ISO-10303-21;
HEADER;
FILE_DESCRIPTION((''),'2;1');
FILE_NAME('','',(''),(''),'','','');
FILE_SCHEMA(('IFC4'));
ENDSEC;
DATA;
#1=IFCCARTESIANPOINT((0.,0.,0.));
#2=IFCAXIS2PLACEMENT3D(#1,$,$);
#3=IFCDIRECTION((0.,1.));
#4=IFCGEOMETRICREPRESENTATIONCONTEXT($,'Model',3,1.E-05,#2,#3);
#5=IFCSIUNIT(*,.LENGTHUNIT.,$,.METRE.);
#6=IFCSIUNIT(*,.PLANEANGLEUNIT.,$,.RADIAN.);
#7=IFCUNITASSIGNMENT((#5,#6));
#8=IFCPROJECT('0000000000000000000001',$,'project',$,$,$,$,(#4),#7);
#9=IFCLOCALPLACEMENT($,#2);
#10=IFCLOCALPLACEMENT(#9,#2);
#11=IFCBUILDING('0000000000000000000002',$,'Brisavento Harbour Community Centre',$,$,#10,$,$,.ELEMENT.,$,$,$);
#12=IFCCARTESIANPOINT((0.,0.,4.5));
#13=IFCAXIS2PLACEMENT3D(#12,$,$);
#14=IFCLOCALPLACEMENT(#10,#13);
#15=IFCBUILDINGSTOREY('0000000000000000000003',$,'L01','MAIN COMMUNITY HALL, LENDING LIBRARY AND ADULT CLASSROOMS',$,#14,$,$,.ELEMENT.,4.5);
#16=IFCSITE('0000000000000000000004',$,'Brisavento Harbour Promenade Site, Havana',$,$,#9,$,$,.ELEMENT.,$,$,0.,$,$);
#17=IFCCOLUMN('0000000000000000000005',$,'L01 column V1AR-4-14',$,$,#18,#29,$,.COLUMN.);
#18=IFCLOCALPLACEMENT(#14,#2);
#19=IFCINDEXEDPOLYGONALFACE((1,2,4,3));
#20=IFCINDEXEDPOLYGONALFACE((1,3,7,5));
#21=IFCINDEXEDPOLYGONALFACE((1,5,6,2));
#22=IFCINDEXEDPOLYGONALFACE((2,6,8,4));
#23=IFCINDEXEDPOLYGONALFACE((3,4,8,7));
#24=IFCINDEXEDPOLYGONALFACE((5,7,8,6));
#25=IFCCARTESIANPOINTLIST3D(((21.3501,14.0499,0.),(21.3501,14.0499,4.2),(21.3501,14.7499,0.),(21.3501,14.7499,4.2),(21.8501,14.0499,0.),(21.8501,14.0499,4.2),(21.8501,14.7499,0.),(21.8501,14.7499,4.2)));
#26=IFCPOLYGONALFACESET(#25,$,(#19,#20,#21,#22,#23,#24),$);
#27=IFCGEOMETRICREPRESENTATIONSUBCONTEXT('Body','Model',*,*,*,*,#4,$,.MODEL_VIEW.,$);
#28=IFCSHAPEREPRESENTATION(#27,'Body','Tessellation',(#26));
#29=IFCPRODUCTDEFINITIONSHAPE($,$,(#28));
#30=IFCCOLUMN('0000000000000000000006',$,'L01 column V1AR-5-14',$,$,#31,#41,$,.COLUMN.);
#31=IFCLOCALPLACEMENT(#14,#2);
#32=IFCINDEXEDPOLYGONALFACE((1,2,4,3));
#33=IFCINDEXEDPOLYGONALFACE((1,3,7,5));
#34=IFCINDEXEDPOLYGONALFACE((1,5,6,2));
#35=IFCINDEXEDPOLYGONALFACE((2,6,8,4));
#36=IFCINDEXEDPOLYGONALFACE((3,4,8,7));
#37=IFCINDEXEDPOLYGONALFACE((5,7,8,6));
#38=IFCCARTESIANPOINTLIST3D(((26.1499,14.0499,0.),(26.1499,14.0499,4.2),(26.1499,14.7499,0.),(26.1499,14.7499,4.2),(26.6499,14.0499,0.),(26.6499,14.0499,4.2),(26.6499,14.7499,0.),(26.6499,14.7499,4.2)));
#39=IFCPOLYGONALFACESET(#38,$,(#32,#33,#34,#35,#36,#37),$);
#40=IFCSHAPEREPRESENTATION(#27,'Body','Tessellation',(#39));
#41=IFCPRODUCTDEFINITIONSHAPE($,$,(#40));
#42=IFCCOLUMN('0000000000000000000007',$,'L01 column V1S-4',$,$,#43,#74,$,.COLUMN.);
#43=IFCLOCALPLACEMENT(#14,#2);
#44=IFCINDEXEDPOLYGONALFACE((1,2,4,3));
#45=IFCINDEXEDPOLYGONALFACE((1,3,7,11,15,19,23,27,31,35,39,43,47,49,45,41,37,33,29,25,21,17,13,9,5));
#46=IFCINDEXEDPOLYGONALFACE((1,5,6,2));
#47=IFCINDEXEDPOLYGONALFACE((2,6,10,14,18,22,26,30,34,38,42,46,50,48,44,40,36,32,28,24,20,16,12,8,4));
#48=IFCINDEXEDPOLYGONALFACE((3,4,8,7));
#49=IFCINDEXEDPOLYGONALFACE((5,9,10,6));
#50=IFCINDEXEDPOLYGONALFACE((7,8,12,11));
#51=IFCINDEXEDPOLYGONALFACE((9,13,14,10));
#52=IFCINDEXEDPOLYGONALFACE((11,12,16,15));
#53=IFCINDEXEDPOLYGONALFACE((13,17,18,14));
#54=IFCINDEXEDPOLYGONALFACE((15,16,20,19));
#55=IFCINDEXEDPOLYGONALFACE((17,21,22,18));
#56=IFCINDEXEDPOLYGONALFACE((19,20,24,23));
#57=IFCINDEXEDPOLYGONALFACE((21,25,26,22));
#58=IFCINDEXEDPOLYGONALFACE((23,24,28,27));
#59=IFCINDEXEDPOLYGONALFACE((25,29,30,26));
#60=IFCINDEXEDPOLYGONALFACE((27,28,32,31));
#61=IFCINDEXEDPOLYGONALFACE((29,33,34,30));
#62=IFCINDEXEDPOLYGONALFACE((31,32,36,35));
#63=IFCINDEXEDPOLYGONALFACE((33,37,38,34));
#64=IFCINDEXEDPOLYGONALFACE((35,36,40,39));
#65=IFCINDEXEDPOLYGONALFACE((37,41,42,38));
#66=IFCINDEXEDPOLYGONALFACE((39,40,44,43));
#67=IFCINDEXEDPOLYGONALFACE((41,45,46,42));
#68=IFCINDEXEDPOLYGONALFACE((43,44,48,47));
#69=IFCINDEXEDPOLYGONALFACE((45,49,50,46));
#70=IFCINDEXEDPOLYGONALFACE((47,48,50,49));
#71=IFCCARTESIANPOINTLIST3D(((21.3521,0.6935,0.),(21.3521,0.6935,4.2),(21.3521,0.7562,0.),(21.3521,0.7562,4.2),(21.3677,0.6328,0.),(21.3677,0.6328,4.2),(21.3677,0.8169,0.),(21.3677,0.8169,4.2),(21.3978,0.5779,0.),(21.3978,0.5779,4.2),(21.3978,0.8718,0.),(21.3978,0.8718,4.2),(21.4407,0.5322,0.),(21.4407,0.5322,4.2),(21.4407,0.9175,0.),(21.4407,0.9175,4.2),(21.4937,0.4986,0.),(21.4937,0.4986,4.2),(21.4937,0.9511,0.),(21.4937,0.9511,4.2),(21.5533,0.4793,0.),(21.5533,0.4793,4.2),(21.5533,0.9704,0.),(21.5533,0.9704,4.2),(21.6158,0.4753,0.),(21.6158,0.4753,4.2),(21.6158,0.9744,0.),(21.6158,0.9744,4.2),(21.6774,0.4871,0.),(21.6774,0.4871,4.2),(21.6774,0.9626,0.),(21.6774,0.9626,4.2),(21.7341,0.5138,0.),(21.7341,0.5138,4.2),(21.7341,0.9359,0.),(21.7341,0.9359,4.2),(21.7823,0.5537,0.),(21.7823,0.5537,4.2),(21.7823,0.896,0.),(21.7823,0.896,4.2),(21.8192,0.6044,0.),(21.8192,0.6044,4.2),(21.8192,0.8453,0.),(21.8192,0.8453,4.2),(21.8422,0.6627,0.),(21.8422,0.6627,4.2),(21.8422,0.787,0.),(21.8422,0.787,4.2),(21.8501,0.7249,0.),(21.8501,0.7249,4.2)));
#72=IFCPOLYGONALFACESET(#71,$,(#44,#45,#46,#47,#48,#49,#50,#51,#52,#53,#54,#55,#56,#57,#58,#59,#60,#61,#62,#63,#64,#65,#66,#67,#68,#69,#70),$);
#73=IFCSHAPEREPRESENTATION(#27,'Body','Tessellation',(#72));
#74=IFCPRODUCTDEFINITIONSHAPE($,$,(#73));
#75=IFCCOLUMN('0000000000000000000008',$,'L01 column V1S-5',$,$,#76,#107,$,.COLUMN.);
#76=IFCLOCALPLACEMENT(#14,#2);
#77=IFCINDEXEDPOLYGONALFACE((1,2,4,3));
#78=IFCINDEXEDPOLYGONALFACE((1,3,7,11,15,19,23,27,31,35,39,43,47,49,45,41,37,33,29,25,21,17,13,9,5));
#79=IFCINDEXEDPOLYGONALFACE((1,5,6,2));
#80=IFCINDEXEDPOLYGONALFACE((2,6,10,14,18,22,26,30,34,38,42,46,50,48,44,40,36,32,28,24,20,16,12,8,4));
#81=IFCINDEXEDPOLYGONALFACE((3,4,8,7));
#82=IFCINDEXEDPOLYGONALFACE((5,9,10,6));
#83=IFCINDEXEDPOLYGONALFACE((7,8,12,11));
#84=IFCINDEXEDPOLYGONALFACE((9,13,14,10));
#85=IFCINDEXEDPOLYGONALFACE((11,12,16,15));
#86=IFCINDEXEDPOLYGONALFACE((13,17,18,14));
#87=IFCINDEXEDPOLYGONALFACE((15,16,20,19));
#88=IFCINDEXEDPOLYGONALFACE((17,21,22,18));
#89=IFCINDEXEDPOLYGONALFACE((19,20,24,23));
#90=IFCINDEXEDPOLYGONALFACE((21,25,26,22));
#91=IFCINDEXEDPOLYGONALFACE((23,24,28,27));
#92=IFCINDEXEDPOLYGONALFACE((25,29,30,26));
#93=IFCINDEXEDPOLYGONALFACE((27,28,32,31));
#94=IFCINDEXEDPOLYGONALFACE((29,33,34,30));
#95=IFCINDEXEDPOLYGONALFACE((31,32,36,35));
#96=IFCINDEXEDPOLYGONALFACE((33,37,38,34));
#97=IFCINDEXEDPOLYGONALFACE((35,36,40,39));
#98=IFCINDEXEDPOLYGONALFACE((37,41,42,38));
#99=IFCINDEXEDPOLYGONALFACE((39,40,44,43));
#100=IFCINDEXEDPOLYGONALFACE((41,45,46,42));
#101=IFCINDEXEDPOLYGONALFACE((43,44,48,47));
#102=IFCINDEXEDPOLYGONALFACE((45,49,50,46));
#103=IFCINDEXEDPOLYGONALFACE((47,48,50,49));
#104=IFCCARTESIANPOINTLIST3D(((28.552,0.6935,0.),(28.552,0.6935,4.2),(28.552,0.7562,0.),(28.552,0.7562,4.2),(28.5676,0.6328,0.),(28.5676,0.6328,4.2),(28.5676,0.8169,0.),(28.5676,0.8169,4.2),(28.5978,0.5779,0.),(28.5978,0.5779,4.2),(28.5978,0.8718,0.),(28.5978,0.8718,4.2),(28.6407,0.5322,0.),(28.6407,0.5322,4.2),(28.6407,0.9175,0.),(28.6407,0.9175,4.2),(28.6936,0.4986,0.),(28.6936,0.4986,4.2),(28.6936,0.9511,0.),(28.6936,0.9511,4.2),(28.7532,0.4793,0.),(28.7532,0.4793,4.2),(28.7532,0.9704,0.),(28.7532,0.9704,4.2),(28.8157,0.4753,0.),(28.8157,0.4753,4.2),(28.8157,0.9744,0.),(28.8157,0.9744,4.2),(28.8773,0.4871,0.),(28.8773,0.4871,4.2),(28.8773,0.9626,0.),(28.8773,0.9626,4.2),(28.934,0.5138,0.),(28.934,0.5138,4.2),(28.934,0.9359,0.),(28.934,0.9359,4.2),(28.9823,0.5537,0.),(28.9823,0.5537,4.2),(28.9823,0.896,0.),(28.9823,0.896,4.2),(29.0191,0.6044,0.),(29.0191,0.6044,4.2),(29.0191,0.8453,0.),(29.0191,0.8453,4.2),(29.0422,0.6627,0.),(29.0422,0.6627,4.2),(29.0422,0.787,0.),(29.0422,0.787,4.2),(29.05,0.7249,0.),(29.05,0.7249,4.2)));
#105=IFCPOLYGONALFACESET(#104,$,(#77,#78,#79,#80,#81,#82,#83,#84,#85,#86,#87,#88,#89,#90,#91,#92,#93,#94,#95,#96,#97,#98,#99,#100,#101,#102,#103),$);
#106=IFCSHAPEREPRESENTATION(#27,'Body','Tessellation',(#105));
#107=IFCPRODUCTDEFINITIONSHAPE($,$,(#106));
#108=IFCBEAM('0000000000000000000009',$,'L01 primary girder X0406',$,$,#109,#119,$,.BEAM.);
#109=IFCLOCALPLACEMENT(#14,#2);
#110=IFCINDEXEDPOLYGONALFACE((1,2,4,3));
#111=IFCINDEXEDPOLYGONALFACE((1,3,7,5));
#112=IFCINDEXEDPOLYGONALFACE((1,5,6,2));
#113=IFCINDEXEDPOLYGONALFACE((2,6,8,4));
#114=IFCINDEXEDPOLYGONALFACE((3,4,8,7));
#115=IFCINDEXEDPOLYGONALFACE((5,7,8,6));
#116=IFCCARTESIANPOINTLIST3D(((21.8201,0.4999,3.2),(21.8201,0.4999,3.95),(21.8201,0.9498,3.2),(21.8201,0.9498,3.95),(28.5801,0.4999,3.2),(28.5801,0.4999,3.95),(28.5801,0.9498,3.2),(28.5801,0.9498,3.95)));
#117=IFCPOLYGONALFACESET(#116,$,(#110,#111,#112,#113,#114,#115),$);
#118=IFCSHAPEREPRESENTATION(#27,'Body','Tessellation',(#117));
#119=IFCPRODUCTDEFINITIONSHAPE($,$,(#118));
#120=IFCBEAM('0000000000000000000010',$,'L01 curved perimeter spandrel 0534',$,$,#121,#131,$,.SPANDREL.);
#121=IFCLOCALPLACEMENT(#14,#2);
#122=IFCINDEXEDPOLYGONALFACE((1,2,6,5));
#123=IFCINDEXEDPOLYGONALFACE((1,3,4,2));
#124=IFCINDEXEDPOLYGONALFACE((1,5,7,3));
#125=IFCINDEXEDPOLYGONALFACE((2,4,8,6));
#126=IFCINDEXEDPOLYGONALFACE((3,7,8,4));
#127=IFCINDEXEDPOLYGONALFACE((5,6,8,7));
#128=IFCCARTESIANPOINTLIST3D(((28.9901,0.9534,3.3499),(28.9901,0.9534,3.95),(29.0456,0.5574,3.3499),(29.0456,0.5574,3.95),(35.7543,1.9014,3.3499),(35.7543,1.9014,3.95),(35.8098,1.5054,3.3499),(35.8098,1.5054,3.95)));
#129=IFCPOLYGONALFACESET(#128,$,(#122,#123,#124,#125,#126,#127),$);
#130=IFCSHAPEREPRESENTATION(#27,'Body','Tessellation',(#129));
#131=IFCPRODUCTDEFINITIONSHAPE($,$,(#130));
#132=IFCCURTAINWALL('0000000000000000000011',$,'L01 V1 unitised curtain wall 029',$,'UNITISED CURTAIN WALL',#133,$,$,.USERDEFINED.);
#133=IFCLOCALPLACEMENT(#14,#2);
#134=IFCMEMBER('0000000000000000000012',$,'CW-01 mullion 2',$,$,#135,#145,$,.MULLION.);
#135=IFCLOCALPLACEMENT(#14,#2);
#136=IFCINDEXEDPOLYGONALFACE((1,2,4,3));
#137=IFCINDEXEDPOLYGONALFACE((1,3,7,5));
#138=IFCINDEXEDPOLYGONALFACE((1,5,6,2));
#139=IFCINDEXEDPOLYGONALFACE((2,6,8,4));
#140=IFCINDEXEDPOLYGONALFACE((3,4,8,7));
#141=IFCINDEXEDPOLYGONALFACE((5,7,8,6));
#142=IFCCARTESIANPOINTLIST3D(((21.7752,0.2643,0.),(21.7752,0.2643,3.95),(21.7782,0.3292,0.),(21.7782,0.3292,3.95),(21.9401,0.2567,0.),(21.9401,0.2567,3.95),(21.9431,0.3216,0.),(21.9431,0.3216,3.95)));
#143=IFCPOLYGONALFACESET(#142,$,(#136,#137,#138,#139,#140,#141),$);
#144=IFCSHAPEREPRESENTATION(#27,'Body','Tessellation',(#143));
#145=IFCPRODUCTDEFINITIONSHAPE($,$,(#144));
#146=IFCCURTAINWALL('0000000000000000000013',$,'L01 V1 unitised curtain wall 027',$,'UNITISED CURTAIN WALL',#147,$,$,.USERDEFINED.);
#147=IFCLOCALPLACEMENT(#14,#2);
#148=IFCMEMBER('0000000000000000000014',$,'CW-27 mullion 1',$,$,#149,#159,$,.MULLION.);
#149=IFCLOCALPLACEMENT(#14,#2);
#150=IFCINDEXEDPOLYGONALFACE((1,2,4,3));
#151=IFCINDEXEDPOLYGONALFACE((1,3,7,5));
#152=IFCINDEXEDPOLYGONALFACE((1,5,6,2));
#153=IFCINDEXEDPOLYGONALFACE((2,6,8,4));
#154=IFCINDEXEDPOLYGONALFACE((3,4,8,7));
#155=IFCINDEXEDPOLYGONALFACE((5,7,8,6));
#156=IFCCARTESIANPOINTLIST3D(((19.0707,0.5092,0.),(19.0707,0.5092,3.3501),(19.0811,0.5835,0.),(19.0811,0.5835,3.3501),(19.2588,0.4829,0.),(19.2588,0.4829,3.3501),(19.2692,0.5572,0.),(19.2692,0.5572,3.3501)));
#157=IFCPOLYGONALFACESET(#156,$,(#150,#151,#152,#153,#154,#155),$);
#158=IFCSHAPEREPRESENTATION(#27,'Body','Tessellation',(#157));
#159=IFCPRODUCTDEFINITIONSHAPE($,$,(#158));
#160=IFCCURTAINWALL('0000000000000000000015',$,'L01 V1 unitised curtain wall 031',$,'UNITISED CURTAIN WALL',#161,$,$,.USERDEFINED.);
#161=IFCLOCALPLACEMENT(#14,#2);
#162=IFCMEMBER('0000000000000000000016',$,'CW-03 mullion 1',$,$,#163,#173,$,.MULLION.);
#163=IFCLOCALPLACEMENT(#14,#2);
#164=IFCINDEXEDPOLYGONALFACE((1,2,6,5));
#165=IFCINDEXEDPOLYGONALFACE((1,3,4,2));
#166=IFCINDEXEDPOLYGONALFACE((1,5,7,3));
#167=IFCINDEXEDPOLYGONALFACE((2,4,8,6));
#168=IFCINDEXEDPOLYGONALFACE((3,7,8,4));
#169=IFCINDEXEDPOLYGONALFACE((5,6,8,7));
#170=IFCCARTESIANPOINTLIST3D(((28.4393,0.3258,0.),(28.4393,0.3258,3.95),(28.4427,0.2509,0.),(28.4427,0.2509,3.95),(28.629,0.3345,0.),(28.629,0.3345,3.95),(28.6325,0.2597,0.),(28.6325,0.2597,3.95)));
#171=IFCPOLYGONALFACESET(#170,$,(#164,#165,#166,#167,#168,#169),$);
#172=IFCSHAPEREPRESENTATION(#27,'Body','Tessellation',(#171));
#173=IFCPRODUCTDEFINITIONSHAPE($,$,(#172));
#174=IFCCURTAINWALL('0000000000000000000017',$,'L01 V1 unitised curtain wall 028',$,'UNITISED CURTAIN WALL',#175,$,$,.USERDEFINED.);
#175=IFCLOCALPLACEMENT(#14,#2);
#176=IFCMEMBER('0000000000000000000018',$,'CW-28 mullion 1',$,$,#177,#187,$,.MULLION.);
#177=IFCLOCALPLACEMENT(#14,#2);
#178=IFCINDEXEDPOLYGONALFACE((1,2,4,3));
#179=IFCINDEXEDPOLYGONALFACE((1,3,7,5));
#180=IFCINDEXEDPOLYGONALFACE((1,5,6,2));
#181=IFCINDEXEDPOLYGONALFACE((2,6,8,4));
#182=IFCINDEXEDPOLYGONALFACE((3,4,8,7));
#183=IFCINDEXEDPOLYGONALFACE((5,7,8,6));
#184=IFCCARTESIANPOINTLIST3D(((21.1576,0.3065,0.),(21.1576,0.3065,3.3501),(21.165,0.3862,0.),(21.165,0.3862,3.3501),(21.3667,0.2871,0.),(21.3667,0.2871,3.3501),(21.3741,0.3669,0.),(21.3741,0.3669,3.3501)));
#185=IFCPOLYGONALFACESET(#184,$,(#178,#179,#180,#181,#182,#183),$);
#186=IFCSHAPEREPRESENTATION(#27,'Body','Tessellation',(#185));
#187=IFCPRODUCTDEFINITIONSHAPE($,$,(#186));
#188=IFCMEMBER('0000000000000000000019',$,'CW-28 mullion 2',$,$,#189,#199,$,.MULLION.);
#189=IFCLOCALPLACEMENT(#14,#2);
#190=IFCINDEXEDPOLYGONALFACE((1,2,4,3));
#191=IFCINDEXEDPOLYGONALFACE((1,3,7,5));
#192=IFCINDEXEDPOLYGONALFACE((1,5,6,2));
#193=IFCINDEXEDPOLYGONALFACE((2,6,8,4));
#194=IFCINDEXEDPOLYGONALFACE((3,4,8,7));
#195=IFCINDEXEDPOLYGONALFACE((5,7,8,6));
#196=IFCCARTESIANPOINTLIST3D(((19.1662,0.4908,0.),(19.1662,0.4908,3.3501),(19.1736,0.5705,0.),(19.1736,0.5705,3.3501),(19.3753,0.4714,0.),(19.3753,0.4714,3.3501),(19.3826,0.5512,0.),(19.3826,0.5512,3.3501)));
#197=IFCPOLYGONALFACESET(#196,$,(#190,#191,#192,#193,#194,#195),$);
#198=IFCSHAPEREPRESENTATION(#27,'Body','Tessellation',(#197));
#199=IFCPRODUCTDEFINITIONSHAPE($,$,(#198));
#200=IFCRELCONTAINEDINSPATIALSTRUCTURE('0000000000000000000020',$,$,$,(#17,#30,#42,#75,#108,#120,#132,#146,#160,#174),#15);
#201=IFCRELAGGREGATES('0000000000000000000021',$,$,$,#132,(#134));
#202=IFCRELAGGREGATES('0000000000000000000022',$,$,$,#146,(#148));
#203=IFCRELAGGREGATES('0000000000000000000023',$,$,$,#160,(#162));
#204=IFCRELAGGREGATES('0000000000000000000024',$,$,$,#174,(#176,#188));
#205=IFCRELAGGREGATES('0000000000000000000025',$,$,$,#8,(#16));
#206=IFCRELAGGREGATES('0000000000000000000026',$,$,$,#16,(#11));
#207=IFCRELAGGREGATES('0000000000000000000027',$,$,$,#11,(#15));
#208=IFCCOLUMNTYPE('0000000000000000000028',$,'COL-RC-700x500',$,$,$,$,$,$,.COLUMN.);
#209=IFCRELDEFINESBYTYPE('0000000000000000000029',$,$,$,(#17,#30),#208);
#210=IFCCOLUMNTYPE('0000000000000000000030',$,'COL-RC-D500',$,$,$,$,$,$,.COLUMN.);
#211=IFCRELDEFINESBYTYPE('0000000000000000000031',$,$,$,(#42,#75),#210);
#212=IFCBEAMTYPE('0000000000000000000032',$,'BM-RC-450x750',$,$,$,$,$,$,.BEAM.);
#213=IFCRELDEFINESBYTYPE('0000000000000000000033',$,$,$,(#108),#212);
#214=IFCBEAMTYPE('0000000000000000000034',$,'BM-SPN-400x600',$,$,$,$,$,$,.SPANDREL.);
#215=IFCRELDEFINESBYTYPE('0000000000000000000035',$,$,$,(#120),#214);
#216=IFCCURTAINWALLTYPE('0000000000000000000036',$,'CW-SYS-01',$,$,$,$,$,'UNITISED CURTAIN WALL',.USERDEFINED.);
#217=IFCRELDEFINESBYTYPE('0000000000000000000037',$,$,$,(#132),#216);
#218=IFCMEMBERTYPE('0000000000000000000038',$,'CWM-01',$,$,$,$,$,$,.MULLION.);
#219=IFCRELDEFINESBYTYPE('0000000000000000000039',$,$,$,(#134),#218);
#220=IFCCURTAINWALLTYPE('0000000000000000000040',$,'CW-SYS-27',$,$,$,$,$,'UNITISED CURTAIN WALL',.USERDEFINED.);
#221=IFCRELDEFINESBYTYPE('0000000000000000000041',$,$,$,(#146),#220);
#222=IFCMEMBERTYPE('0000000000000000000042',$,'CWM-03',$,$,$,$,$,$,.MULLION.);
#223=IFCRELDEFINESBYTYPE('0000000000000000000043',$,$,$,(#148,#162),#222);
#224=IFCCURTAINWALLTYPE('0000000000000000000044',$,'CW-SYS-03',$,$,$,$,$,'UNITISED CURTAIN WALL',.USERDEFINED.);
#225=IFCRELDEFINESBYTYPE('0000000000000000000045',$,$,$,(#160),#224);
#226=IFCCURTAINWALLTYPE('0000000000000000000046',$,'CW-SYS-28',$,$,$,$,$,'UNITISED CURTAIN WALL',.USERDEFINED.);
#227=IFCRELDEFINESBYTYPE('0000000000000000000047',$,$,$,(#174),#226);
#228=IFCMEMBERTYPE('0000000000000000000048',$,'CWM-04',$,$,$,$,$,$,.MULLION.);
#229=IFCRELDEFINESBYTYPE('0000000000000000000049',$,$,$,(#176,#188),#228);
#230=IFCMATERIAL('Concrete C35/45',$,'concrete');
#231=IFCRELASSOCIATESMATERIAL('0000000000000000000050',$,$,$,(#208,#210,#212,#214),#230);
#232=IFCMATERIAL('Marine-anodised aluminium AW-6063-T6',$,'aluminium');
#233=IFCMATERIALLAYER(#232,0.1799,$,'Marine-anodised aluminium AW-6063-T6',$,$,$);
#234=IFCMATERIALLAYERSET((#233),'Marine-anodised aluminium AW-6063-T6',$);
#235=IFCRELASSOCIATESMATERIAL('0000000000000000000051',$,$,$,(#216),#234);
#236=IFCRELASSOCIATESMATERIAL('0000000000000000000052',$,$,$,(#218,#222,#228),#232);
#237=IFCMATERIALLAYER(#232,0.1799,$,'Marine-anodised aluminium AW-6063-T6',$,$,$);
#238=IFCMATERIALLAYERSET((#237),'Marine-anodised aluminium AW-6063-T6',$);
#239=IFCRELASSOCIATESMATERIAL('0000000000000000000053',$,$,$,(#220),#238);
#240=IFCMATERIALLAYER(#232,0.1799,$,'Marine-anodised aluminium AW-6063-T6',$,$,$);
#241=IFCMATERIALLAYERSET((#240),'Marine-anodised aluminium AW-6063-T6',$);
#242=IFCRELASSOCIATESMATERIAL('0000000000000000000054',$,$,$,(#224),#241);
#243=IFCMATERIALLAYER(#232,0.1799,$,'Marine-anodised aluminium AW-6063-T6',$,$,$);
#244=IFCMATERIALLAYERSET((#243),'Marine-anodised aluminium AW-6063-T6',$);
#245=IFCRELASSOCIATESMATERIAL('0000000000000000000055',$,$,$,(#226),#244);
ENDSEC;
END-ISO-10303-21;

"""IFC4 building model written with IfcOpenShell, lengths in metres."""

from ifc_helpers import new_model, si_unit, direction, frame, origin, origin_2d, place, context, subcontext, project, spatial, rectangle, circle, extrude, material, layer, layer_set, material_profile, profile_set, type_object, element, aggregate, save


model = new_model("IFC4")

# Units and contexts
model_context = context("Model", 3, precision=1e-05, world=origin(), true_north=direction((0.0, 1.0)))
body_context = subcontext(model_context, "Body", "Model", "MODEL_VIEW")
ifc_project = project(units=[si_unit("LENGTHUNIT", "METRE"), si_unit("PLANEANGLEUNIT", "RADIAN")], contexts=[model_context])

# Site, building, storey
site_placement = place(None, origin())
site = spatial("IfcSite", under=ifc_project, at=site_placement, Name="Brisavento Harbour Promenade Site, Havana", CompositionType="ELEMENT", RefElevation=0.0)
building_placement = place(site_placement, origin())
building = spatial("IfcBuilding", under=site, at=building_placement, Name="Brisavento Harbour Community Centre", CompositionType="ELEMENT")
storey_placement = place(building_placement, frame((0.0, 0.0, 4.5)))
storey = spatial("IfcBuildingStorey", under=building, at=storey_placement, Name="L01", Description="MAIN COMMUNITY HALL, LENDING LIBRARY AND ADULT CLASSROOMS", CompositionType="ELEMENT", Elevation=4.5)

# Columns
ifc_material_1 = material(Name="Concrete C35/45", Category="concrete")
ifc_material_profile_1 = material_profile(ifc_material_1, rectangle(XDim=0.5, YDim=0.7, at=origin_2d()), Name="Concrete C35/45")
ifc_profile_set_1 = profile_set([ifc_material_profile_1], Name="Concrete C35/45")
column_type_1 = type_object("IfcColumnType", Name="COL-RC-700x500", PredefinedType="COLUMN", material=ifc_profile_set_1)
for number, where, z_axis, x_axis, name in (
    (1, (21.6001, 14.3999, 0.0), (0.0, 0.0, 1.0), (1.0, 0.0, 0.0), "L01 column V1AR-4-14"),
    (2, (26.3999, 14.3999, 0.0), (0.0, 0.0, 1.0), (1.0, 0.0, 0.0), "L01 column V1AR-5-14"),
):
    element("IfcColumn", number, at=place(storey_placement, frame(where, z_axis=z_axis, x_axis=x_axis)), inside=storey, type_object=column_type_1, Name=name, PredefinedType="COLUMN", context=body_context, shape_type="SweptSolid", body=[
        extrude(rectangle(XDim=0.5, YDim=0.7, at=origin_2d()), origin(), (0.0, 0.0, 1.0), 4.2),
    ])
ifc_material_profile_2 = material_profile(ifc_material_1, circle(Radius=0.25, at=origin_2d()), Name="Concrete C35/45")
ifc_profile_set_2 = profile_set([ifc_material_profile_2], Name="Concrete C35/45")
column_type_2 = type_object("IfcColumnType", Name="COL-RC-D500", PredefinedType="COLUMN", material=ifc_profile_set_2)
for number, where, z_axis, x_axis, name in (
    (3, (21.6001, 0.7249, 0.0), (0.0, 0.0, 1.0), (1.0, 0.0, 0.0), "L01 column V1S-4"),
    (4, (28.8, 0.7249, 0.0), (0.0, 0.0, 1.0), (1.0, 0.0, 0.0), "L01 column V1S-5"),
):
    element("IfcColumn", number, at=place(storey_placement, frame(where, z_axis=z_axis, x_axis=x_axis)), inside=storey, type_object=column_type_2, Name=name, PredefinedType="COLUMN", context=body_context, shape_type="SweptSolid", body=[
        extrude(circle(Radius=0.25, at=origin_2d()), origin(), (0.0, 0.0, 1.0), 4.2),
    ])

# Beams
ifc_material_profile_3 = material_profile(ifc_material_1, rectangle(XDim=0.45, YDim=0.75, at=origin_2d()), Name="Concrete C35/45")
ifc_profile_set_3 = profile_set([ifc_material_profile_3], Name="Concrete C35/45")
beam_type_1 = type_object("IfcBeamType", Name="BM-RC-450x750", PredefinedType="BEAM", material=ifc_profile_set_3)
beam_1_placement = place(storey_placement, frame((21.8201, 0.7249, 3.575), z_axis=(1.0, 0.0, 0.0), x_axis=(0.0, 1.0, 0.0)))
element("IfcBeam", 5, at=beam_1_placement, inside=storey, type_object=beam_type_1, Name="L01 primary girder X0406", PredefinedType="BEAM", context=body_context, shape_type="SweptSolid", body=[
    extrude(rectangle(XDim=0.45, YDim=0.75, at=origin_2d()), origin(), (0.0, 0.0, 1.0), 6.76),
])
ifc_material_profile_4 = material_profile(ifc_material_1, rectangle(XDim=0.3999, YDim=0.6001, at=origin_2d()), Name="Concrete C35/45")
ifc_profile_set_4 = profile_set([ifc_material_profile_4], Name="Concrete C35/45")
beam_type_2 = type_object("IfcBeamType", Name="BM-SPN-400x600", PredefinedType="SPANDREL", material=ifc_profile_set_4)
beam_2_placement = place(storey_placement, frame((29.0178, 0.7554, 3.6499), z_axis=(0.990321, 0.138794, 0.0), x_axis=(-0.138794, 0.990321, 0.0)))
element("IfcBeam", 6, at=beam_2_placement, inside=storey, type_object=beam_type_2, Name="L01 curved perimeter spandrel 0534", PredefinedType="SPANDREL", context=body_context, shape_type="SweptSolid", body=[
    extrude(rectangle(XDim=0.3999, YDim=0.6001, at=origin_2d()), origin(), (0.0, 0.0, 1.0), 6.8303),
])

# Curtain walls, members
ifc_material_2 = material(Name="Marine-anodised aluminium AW-6063-T6", Category="aluminium")
ifc_layer_1 = layer(ifc_material_2, 0.1799, Name="Marine-anodised aluminium AW-6063-T6")
ifc_layer_set_1 = layer_set([ifc_layer_1], Name="Marine-anodised aluminium AW-6063-T6")
curtain_wall_type_1 = type_object("IfcCurtainWallType", Name="CW-SYS-01", ElementType="UNITISED CURTAIN WALL", PredefinedType="USERDEFINED", material=ifc_layer_set_1)
curtain_wall_1_placement = place(storey_placement, origin())
curtain_wall_1 = element("IfcCurtainWall", 7, at=curtain_wall_1_placement, inside=storey, type_object=curtain_wall_type_1, Name="L01 V1 unitised curtain wall 029", ObjectType="UNITISED CURTAIN WALL", PredefinedType="USERDEFINED")
ifc_material_profile_5 = material_profile(ifc_material_2, rectangle(XDim=0.0649, YDim=0.165, at=origin_2d()), Name="Marine-anodised aluminium AW-6063-T6")
ifc_profile_set_5 = profile_set([ifc_material_profile_5], Name="Marine-anodised aluminium AW-6063-T6")
member_type_1 = type_object("IfcMemberType", Name="CWM-01", PredefinedType="MULLION", material=ifc_profile_set_5)
member_1_placement = place(storey_placement, frame((21.8591, 0.293, 0.0), z_axis=(0.0, 0.0, 1.0), x_axis=(-0.046168, -0.998934, 0.0)))
member_1 = element("IfcMember", 8, at=member_1_placement, type_object=member_type_1, Name="CW-01 mullion 2", PredefinedType="MULLION", context=body_context, shape_type="SweptSolid", body=[
    extrude(rectangle(XDim=0.0649, YDim=0.165, at=origin_2d()), origin(), (0.0, 0.0, 1.0), 3.95),
])
aggregate(curtain_wall_1, [member_1])
ifc_layer_2 = layer(ifc_material_2, 0.1799, Name="Marine-anodised aluminium AW-6063-T6")
ifc_layer_set_2 = layer_set([ifc_layer_2], Name="Marine-anodised aluminium AW-6063-T6")
curtain_wall_type_2 = type_object("IfcCurtainWallType", Name="CW-SYS-27", ElementType="UNITISED CURTAIN WALL", PredefinedType="USERDEFINED", material=ifc_layer_set_2)
curtain_wall_2_placement = place(storey_placement, origin())
curtain_wall_2 = element("IfcCurtainWall", 9, at=curtain_wall_2_placement, inside=storey, type_object=curtain_wall_type_2, Name="L01 V1 unitised curtain wall 027", ObjectType="UNITISED CURTAIN WALL", PredefinedType="USERDEFINED")
ifc_material_profile_6 = material_profile(ifc_material_2, rectangle(XDim=0.075, YDim=0.1899, at=origin_2d()), Name="Marine-anodised aluminium AW-6063-T6")
ifc_profile_set_6 = profile_set([ifc_material_profile_6], Name="Marine-anodised aluminium AW-6063-T6")
member_type_2 = type_object("IfcMemberType", Name="CWM-03", PredefinedType="MULLION", material=ifc_profile_set_6)
member_2_placement = place(storey_placement, frame((19.1699, 0.5332, 0.0), z_axis=(0.0, 0.0, 1.0), x_axis=(-0.138477, -0.990366, 0.0)))
member_2 = element("IfcMember", 10, at=member_2_placement, type_object=member_type_2, Name="CW-27 mullion 1", PredefinedType="MULLION", context=body_context, shape_type="SweptSolid", body=[
    extrude(rectangle(XDim=0.075, YDim=0.1899, at=origin_2d()), origin(), (0.0, 0.0, 1.0), 3.3501),
])
ifc_layer_3 = layer(ifc_material_2, 0.1799, Name="Marine-anodised aluminium AW-6063-T6")
ifc_layer_set_3 = layer_set([ifc_layer_3], Name="Marine-anodised aluminium AW-6063-T6")
curtain_wall_type_3 = type_object("IfcCurtainWallType", Name="CW-SYS-03", ElementType="UNITISED CURTAIN WALL", PredefinedType="USERDEFINED", material=ifc_layer_set_3)
curtain_wall_3_placement = place(storey_placement, origin())
curtain_wall_3 = element("IfcCurtainWall", 11, at=curtain_wall_3_placement, inside=storey, type_object=curtain_wall_type_3, Name="L01 V1 unitised curtain wall 031", ObjectType="UNITISED CURTAIN WALL", PredefinedType="USERDEFINED")
member_3_placement = place(storey_placement, frame((28.5359, 0.2927, 0.0), z_axis=(0.0, 0.0, 1.0), x_axis=(0.046168, -0.998934, 0.0)))
member_3 = element("IfcMember", 12, at=member_3_placement, type_object=member_type_2, Name="CW-03 mullion 1", PredefinedType="MULLION", context=body_context, shape_type="SweptSolid", body=[
    extrude(rectangle(XDim=0.075, YDim=0.1899, at=origin_2d()), origin(), (0.0, 0.0, 1.0), 3.95),
])

# Curtain wall, members
ifc_layer_4 = layer(ifc_material_2, 0.1799, Name="Marine-anodised aluminium AW-6063-T6")
ifc_layer_set_4 = layer_set([ifc_layer_4], Name="Marine-anodised aluminium AW-6063-T6")
curtain_wall_type_4 = type_object("IfcCurtainWallType", Name="CW-SYS-28", ElementType="UNITISED CURTAIN WALL", PredefinedType="USERDEFINED", material=ifc_layer_set_4)
curtain_wall_4_placement = place(storey_placement, origin())
curtain_wall_4 = element("IfcCurtainWall", 13, at=curtain_wall_4_placement, inside=storey, type_object=curtain_wall_type_4, Name="L01 V1 unitised curtain wall 028", ObjectType="UNITISED CURTAIN WALL", PredefinedType="USERDEFINED")
ifc_material_profile_7 = material_profile(ifc_material_2, rectangle(XDim=0.0801, YDim=0.21, at=origin_2d()), Name="Marine-anodised aluminium AW-6063-T6")
ifc_profile_set_7 = profile_set([ifc_material_profile_7], Name="Marine-anodised aluminium AW-6063-T6")
member_type_3 = type_object("IfcMemberType", Name="CWM-04", PredefinedType="MULLION", material=ifc_profile_set_7)
member_4_placement = place(storey_placement, frame((21.2659, 0.3367, 0.0), z_axis=(0.0, 0.0, 1.0), x_axis=(-0.092261, -0.995735, 0.0)))
member_4 = element("IfcMember", 14, at=member_4_placement, type_object=member_type_3, Name="CW-28 mullion 1", PredefinedType="MULLION", context=body_context, shape_type="SweptSolid", body=[
    extrude(rectangle(XDim=0.0801, YDim=0.21, at=origin_2d()), origin(), (0.0, 0.0, 1.0), 3.3501),
])
member_5_placement = place(storey_placement, frame((19.2744, 0.521, 0.0), z_axis=(0.0, 0.0, 1.0), x_axis=(-0.092261, -0.995735, 0.0)))
member_5 = element("IfcMember", 15, at=member_5_placement, type_object=member_type_3, Name="CW-28 mullion 2", PredefinedType="MULLION", context=body_context, shape_type="SweptSolid", body=[
    extrude(rectangle(XDim=0.0801, YDim=0.21, at=origin_2d()), origin(), (0.0, 0.0, 1.0), 3.3501),
])

aggregate(curtain_wall_2, [member_2])
aggregate(curtain_wall_3, [member_3])

aggregate(curtain_wall_4, [member_4, member_5])

save(model, "model.ifc")
